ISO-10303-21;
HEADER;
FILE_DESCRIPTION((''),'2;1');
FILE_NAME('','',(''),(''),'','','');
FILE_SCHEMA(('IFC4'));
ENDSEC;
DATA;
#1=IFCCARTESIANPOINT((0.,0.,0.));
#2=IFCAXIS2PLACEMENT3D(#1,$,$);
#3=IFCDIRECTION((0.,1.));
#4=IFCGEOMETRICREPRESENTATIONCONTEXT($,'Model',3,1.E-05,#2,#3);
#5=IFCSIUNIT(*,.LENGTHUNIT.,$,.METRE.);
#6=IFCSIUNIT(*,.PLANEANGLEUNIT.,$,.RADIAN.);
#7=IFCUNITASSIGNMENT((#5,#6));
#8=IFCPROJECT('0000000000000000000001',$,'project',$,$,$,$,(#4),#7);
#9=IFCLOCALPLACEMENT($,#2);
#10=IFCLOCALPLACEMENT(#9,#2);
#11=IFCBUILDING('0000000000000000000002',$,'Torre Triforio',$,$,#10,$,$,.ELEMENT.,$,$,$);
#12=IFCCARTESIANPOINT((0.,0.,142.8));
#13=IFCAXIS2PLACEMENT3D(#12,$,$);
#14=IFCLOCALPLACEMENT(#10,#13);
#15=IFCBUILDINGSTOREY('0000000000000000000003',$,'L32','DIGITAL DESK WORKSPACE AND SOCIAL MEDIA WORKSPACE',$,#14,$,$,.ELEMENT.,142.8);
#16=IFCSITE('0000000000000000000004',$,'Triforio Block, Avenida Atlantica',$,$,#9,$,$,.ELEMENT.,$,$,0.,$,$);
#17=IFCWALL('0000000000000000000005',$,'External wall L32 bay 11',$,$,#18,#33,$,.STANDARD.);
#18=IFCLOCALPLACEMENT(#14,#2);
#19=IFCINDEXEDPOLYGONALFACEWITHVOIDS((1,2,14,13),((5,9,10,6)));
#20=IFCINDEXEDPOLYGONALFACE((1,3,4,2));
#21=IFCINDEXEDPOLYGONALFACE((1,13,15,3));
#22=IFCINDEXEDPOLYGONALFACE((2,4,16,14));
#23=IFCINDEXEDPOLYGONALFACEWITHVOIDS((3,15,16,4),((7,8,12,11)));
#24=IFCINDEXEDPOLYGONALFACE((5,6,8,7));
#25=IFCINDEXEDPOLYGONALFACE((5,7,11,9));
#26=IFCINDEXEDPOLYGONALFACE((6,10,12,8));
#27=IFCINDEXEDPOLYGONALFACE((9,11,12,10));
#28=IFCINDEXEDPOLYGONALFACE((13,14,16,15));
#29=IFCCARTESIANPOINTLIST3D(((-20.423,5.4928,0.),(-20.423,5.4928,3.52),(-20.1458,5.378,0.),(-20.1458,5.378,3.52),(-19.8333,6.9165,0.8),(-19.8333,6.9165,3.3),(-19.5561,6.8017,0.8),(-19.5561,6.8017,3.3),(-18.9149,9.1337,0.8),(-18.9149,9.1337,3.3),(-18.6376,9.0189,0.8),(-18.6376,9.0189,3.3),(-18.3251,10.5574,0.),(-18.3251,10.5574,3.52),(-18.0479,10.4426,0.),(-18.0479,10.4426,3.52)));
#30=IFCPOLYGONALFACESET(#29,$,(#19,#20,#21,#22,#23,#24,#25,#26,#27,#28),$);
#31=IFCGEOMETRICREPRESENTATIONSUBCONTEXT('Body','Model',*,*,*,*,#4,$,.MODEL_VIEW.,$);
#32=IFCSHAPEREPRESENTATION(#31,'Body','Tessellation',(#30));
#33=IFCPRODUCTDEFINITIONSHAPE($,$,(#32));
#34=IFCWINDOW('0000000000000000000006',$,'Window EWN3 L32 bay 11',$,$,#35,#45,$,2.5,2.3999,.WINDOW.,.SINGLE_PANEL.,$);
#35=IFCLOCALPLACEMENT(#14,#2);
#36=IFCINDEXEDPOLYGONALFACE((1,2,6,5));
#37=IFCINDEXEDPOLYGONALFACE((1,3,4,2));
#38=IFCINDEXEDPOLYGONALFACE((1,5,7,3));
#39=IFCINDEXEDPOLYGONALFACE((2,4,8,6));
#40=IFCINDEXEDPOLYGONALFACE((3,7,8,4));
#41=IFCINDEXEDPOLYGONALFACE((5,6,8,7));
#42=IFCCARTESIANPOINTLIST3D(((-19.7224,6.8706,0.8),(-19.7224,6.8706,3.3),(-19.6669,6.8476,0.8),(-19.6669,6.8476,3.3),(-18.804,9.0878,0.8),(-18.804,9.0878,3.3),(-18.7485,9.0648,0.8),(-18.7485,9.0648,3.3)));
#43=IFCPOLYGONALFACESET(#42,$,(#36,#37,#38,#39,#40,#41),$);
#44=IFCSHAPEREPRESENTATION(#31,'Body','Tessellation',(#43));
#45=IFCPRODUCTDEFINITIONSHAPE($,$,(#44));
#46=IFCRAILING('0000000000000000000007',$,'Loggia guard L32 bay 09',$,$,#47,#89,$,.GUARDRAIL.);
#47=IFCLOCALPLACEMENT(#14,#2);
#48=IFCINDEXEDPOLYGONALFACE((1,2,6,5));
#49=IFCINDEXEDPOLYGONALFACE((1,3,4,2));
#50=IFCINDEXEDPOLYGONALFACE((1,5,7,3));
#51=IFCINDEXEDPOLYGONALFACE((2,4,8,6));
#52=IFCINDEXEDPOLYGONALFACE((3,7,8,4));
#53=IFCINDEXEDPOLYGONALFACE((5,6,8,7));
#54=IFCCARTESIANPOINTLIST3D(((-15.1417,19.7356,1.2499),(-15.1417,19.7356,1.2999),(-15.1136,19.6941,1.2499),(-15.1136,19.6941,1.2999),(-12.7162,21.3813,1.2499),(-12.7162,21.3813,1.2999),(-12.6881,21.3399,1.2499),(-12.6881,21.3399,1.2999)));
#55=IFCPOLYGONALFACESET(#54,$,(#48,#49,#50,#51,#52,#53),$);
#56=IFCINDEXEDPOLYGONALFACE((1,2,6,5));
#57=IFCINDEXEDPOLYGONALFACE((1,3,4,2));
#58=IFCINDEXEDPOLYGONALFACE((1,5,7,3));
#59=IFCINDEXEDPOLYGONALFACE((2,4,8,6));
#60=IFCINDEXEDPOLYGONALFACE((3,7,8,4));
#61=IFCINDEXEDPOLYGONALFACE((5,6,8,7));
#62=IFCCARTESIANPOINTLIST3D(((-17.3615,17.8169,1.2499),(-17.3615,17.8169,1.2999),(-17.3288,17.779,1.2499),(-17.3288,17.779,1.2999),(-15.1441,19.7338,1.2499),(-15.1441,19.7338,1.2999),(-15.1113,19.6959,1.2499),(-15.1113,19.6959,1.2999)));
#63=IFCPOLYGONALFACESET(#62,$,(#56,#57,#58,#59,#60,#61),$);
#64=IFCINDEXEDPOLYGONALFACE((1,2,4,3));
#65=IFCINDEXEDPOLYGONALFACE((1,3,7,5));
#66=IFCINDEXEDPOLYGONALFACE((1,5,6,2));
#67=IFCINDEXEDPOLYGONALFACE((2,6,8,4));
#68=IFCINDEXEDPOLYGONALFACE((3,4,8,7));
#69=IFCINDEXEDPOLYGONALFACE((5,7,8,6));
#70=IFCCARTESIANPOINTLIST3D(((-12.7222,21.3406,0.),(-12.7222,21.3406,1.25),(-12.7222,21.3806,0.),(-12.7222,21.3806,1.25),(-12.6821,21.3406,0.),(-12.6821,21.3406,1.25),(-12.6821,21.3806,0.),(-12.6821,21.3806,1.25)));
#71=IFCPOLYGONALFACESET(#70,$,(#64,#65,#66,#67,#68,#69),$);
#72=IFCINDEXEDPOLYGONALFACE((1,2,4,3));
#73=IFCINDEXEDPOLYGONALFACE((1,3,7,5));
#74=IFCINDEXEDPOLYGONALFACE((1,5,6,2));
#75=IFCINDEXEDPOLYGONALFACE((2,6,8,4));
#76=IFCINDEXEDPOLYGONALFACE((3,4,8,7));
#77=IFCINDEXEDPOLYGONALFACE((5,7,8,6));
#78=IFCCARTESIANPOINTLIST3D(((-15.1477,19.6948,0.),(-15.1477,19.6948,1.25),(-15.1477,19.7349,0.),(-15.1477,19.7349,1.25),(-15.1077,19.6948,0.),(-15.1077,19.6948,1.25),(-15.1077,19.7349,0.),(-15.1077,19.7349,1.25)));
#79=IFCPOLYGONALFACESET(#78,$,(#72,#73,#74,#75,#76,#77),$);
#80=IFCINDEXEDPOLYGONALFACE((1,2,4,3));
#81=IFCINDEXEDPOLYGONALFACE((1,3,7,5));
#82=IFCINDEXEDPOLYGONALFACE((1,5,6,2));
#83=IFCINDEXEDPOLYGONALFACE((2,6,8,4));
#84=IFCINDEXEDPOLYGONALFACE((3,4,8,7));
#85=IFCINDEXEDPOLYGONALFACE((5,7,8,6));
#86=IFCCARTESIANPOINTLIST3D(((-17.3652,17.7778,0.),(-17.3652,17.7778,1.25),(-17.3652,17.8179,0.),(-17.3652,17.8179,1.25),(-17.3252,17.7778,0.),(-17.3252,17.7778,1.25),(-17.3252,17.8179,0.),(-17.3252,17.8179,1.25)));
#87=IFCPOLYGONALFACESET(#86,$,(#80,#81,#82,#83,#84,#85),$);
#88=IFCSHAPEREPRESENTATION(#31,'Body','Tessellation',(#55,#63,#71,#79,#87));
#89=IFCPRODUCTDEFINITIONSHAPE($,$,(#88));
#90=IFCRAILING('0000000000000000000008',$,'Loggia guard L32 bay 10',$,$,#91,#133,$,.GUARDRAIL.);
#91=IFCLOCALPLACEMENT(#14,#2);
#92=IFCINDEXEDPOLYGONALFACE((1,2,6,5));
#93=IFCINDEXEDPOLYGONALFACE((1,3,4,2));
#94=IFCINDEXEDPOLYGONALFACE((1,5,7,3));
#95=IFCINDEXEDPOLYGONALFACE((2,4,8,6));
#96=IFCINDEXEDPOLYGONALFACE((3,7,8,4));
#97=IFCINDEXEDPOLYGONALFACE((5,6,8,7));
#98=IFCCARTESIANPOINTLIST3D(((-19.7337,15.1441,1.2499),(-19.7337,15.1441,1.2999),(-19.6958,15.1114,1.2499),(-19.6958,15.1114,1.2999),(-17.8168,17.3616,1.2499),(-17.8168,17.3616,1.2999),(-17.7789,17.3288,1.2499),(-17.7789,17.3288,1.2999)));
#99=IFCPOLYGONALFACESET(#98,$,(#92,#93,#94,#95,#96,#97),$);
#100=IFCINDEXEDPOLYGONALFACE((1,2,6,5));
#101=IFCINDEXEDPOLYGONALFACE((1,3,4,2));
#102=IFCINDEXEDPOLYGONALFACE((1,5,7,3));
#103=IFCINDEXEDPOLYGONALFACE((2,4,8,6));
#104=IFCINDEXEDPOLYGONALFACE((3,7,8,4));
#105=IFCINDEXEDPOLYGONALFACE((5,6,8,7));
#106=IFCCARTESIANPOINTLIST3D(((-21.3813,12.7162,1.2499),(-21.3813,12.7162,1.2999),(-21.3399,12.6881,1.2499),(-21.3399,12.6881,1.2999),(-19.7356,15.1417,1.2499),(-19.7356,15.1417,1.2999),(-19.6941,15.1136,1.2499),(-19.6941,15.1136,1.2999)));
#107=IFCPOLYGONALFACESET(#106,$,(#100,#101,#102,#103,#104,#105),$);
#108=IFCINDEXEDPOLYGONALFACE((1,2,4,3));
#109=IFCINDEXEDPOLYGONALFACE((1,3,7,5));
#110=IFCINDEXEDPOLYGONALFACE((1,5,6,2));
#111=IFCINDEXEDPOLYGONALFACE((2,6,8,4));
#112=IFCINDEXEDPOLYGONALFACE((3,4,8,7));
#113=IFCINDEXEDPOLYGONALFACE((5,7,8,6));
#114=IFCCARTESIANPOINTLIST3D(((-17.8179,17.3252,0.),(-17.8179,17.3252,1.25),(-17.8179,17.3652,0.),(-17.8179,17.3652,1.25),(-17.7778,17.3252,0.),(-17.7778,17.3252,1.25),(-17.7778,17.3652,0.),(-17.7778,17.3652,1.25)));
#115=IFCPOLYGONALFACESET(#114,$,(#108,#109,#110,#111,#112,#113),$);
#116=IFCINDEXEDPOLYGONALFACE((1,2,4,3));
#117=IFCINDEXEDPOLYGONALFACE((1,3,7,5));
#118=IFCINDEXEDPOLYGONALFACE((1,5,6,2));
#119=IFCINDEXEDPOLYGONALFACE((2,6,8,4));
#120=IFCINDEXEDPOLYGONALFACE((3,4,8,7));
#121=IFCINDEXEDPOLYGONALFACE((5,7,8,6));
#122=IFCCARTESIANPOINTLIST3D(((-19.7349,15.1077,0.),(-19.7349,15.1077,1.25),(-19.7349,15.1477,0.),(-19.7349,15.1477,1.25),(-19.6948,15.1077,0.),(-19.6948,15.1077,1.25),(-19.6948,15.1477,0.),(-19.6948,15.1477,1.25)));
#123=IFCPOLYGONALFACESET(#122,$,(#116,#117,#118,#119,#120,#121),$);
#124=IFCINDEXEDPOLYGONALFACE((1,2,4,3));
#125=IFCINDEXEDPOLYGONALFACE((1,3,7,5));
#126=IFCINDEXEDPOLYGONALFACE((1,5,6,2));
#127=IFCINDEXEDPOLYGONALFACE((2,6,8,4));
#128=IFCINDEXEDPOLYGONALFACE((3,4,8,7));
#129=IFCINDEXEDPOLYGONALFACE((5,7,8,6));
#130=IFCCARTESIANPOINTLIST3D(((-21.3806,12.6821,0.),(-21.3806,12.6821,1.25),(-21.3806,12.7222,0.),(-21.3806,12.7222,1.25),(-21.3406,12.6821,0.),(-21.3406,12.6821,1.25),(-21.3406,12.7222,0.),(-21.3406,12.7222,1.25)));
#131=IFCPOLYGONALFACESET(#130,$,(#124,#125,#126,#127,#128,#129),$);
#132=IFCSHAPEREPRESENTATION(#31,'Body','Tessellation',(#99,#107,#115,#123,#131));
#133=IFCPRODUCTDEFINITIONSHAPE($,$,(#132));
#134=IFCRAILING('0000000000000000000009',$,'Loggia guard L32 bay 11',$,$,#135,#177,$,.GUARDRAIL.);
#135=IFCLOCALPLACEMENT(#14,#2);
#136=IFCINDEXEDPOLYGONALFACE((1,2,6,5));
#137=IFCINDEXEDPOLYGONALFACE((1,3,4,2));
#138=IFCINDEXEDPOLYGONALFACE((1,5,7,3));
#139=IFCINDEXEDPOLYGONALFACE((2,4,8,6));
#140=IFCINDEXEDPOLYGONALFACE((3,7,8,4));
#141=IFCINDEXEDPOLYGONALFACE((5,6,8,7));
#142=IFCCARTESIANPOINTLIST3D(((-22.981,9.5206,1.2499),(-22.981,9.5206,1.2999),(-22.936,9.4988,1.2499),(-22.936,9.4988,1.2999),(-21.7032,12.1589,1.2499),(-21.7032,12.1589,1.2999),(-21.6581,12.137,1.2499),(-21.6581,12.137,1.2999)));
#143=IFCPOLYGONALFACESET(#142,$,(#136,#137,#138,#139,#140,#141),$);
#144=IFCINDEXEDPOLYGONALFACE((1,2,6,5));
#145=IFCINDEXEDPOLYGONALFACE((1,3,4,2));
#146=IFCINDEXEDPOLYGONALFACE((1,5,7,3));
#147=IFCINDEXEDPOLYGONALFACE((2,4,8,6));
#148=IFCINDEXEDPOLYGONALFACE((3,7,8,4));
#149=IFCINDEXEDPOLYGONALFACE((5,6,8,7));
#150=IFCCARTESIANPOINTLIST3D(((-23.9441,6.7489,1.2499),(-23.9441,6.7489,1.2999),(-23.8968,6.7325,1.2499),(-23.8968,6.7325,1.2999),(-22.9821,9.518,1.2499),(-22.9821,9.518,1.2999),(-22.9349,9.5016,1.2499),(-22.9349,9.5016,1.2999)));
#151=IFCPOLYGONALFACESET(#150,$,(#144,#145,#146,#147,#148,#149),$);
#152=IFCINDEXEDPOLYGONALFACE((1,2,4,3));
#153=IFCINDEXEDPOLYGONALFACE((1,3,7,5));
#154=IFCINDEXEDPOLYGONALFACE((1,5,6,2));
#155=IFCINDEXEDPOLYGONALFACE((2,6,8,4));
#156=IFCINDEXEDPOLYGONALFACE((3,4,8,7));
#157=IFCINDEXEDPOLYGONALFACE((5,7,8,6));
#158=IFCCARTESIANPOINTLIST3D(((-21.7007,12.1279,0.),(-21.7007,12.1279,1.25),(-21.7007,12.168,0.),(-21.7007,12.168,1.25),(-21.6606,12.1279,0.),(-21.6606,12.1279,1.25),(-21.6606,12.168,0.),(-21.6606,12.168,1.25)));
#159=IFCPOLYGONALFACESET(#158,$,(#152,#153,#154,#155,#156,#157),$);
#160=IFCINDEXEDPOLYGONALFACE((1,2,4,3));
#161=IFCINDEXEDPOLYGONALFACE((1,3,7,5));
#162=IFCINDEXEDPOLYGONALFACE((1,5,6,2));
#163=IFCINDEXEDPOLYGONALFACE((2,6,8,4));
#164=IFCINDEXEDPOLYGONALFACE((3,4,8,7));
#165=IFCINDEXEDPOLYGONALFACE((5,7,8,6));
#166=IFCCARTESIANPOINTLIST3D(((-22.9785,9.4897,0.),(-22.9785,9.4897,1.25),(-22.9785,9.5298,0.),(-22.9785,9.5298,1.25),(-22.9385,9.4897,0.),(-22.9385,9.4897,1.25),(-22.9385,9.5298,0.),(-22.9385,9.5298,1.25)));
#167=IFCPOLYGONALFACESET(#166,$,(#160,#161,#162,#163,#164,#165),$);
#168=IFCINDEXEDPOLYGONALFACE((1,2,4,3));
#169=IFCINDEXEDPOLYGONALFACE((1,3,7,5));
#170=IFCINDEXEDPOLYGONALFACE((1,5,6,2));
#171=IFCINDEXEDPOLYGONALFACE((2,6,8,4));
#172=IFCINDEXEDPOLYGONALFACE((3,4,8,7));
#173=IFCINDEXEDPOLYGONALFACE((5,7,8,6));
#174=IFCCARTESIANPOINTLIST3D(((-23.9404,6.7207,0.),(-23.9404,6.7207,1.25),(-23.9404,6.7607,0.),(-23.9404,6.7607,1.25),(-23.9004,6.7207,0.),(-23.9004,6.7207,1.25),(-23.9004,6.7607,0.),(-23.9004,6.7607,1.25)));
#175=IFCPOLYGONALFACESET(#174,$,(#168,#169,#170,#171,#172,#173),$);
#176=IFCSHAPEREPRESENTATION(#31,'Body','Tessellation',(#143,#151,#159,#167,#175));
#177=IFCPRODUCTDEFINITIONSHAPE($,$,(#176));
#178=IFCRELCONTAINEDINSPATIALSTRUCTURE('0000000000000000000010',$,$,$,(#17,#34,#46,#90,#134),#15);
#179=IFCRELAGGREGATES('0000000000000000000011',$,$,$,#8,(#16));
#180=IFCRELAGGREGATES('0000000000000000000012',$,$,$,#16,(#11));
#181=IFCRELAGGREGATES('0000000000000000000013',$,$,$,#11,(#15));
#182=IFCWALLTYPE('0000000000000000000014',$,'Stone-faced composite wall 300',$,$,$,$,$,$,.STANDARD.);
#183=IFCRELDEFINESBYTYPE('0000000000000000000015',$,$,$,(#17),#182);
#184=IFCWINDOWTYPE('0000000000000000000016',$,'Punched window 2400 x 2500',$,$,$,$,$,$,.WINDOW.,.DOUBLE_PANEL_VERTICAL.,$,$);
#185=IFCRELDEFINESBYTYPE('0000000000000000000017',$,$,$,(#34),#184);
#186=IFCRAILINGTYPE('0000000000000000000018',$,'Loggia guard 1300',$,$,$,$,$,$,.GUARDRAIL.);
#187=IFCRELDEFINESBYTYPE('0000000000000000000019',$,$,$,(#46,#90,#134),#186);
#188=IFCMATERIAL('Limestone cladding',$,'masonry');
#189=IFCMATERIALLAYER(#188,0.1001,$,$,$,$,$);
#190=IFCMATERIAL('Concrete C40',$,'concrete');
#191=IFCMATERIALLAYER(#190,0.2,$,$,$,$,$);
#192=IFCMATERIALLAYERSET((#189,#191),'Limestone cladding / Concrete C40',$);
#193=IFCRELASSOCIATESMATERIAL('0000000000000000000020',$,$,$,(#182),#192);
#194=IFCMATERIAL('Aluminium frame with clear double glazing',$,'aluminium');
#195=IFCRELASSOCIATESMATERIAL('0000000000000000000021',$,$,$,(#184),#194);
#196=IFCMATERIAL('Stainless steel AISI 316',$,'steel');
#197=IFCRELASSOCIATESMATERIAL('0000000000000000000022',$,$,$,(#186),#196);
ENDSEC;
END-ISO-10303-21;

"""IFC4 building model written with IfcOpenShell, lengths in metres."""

from ifc_helpers import new_model, si_unit, direction, frame, frame_2d, origin, origin_2d, place, context, subcontext, project, spatial, rectangle, extrude, material, layer, layer_set, type_object, element, fill, save


model = new_model("IFC4")

# Units and contexts
model_context = context("Model", 3, precision=1e-05, world=origin(), true_north=direction((0.0, 1.0)))
body_context = subcontext(model_context, "Body", "Model", "MODEL_VIEW")
ifc_project = project(units=[si_unit("LENGTHUNIT", "METRE"), si_unit("PLANEANGLEUNIT", "RADIAN")], contexts=[model_context])

# Site, building, storey
site_placement = place(None, origin())
site = spatial("IfcSite", under=ifc_project, at=site_placement, Name="Triforio Block, Avenida Atlantica", CompositionType="ELEMENT", RefElevation=0.0)
building_placement = place(site_placement, origin())
building = spatial("IfcBuilding", under=site, at=building_placement, Name="Torre Triforio", CompositionType="ELEMENT")
storey_placement = place(building_placement, frame((0.0, 0.0, 142.8)))
storey = spatial("IfcBuildingStorey", under=building, at=storey_placement, Name="L32", Description="DIGITAL DESK WORKSPACE AND SOCIAL MEDIA WORKSPACE", CompositionType="ELEMENT", Elevation=142.8)

# Shared definitions
ifc_material_1 = material(Name="Limestone cladding", Category="masonry")
ifc_material_2 = material(Name="Concrete C40", Category="concrete")

# Shared definitions
ifc_layer_1 = layer(ifc_material_1, 0.1001)
ifc_layer_2 = layer(ifc_material_2, 0.2)
ifc_layer_set_1 = layer_set([ifc_layer_1, ifc_layer_2], Name="Limestone cladding / Concrete C40")
wall_type_1 = type_object("IfcWallType", Name="Stone-faced composite wall 300", PredefinedType="STANDARD", material=ifc_layer_set_1)
ifc_material_3 = material(Name="Aluminium frame with clear double glazing", Category="aluminium")
window_type_1 = type_object("IfcWindowType", Name="Punched window 2400 x 2500", PartitioningType="DOUBLE_PANEL_VERTICAL", PredefinedType="WINDOW", material=ifc_material_3)

# Wall, opening, window
wall_1_placement = place(storey_placement, frame((-18.1865, 10.5, 0.0), z_axis=(0.0, 0.0, 1.0), x_axis=(-0.382689, -0.923877, 0.0)))
wall_1 = element("IfcWall", 1, at=wall_1_placement, inside=storey, type_object=wall_type_1, Name="External wall L32 bay 11", PredefinedType="STANDARD", context=body_context, shape_type="SweptSolid", body=[
    extrude(rectangle(XDim=5.4819, YDim=0.3, at=frame_2d((2.741, 0.0))), origin(), (0.0, 0.0, 1.0), 3.52),
])
opening_1_placement = place(wall_1_placement, frame((1.541, 0.0, 0.8)))
opening_1 = element("IfcOpeningElement", 2, at=opening_1_placement, cuts=wall_1, PredefinedType="OPENING", context=body_context, shape_type="SweptSolid", body=[
    extrude(rectangle(XDim=2.3999, YDim=2.5, at=frame_2d((1.2, 1.25))), frame((0.0, 0.1599, 0.0), z_axis=(0.0, -1.0, 0.0), x_axis=(1.0, 0.0, 0.0)), (0.0, 0.0, 1.0), 0.3201),
])
window_1_placement = place(opening_1_placement, origin())
window_1 = element("IfcWindow", 3, at=window_1_placement, inside=storey, type_object=window_type_1, Name="Window EWN3 L32 bay 11", OverallHeight=2.5, OverallWidth=2.3999, PartitioningType="SINGLE_PANEL", PredefinedType="WINDOW", context=body_context, shape_type="SweptSolid", body=[
    extrude(rectangle(XDim=2.3999, YDim=2.5, at=frame_2d((1.2, 1.25))), frame((0.0, 0.03, 0.0), z_axis=(0.0, -1.0, 0.0), x_axis=(1.0, 0.0, 0.0)), (0.0, 0.0, 1.0), 0.0601),
])
fill(opening_1, window_1)

# Railings
ifc_material_4 = material(Name="Stainless steel AISI 316", Category="steel")
railing_type = type_object("IfcRailingType", Name="Loggia guard 1300", PredefinedType="GUARDRAIL", material=ifc_material_4)
railing_1_placement = place(storey_placement, frame((-12.7021, 21.3606, 0.0)))
element("IfcRailing", 4, at=railing_1_placement, inside=storey, type_object=railing_type, Name="Loggia guard L32 bay 09", PredefinedType="GUARDRAIL", context=body_context, shape_type="SweptSolid", body=[
    extrude(rectangle(XDim=0.05, YDim=0.05, at=origin_2d()), frame((0.0, 0.0, 1.2749), z_axis=(-0.827499, -0.561467, 0.0), x_axis=(0.561467, -0.827499, 0.0)), (0.0, 0.0, 1.0), 2.9312),
    extrude(rectangle(XDim=0.05, YDim=0.05, at=origin_2d()), frame((-2.4255, -1.6458, 1.2749), z_axis=(-0.75651, -0.653982, 0.0), x_axis=(0.653982, -0.75651, 0.0)), (0.0, 0.0, 1.0), 2.9312),
    extrude(rectangle(XDim=0.04, YDim=0.04, at=origin_2d()), origin(), (0.0, 0.0, 1.0), 1.25),
    extrude(rectangle(XDim=0.04, YDim=0.04, at=origin_2d()), frame((-2.4255, -1.6458, 0.0)), (0.0, 0.0, 1.0), 1.25),
    extrude(rectangle(XDim=0.04, YDim=0.04, at=origin_2d()), frame((-4.6431, -3.5627, 0.0)), (0.0, 0.0, 1.0), 1.25),
])
railing_2_placement = place(storey_placement, frame((-17.7979, 17.3452, 0.0)))
element("IfcRailing", 5, at=railing_2_placement, inside=storey, type_object=railing_type, Name="Loggia guard L32 bay 10", PredefinedType="GUARDRAIL", context=body_context, shape_type="SweptSolid", body=[
    extrude(rectangle(XDim=0.05, YDim=0.05, at=origin_2d()), frame((0.0, 0.0, 1.2749), z_axis=(-0.653982, -0.75651, 0.0), x_axis=(0.75651, -0.653982, 0.0)), (0.0, 0.0, 1.0), 2.9312),
    extrude(rectangle(XDim=0.05, YDim=0.05, at=origin_2d()), frame((-1.917, -2.2175, 1.2749), z_axis=(-0.561467, -0.827499, 0.0), x_axis=(0.827499, -0.561467, 0.0)), (0.0, 0.0, 1.0), 2.9312),
    extrude(rectangle(XDim=0.04, YDim=0.04, at=origin_2d()), origin(), (0.0, 0.0, 1.0), 1.25),
    extrude(rectangle(XDim=0.04, YDim=0.04, at=origin_2d()), frame((-1.917, -2.2175, 0.0)), (0.0, 0.0, 1.0), 1.25),
    extrude(rectangle(XDim=0.04, YDim=0.04, at=origin_2d()), frame((-3.5627, -4.6431, 0.0)), (0.0, 0.0, 1.0), 1.25),
])
railing_3_placement = place(storey_placement, frame((-21.6807, 12.1479, 0.0)))
element("IfcRailing", 6, at=railing_3_placement, inside=storey, type_object=railing_type, Name="Loggia guard L32 bay 11", PredefinedType="GUARDRAIL", context=body_context, shape_type="SweptSolid", body=[
    extrude(rectangle(XDim=0.05, YDim=0.05, at=origin_2d()), frame((0.0, 0.0, 1.2749), z_axis=(-0.435918, -0.899986, 0.0), x_axis=(0.899986, -0.435918, 0.0)), (0.0, 0.0, 1.0), 2.9314),
    extrude(rectangle(XDim=0.05, YDim=0.05, at=origin_2d()), frame((-1.2778, -2.6382, 1.2749), z_axis=(-0.328146, -0.944627, 0.0), x_axis=(0.944627, -0.328146, 0.0)), (0.0, 0.0, 1.0), 2.9314),
    extrude(rectangle(XDim=0.04, YDim=0.04, at=origin_2d()), origin(), (0.0, 0.0, 1.0), 1.25),
    extrude(rectangle(XDim=0.04, YDim=0.04, at=origin_2d()), frame((-1.2778, -2.6382, 0.0)), (0.0, 0.0, 1.0), 1.25),
    extrude(rectangle(XDim=0.04, YDim=0.04, at=origin_2d()), frame((-2.2397, -5.4072, 0.0)), (0.0, 0.0, 1.0), 1.25),
])

save(model, "model.ifc")
